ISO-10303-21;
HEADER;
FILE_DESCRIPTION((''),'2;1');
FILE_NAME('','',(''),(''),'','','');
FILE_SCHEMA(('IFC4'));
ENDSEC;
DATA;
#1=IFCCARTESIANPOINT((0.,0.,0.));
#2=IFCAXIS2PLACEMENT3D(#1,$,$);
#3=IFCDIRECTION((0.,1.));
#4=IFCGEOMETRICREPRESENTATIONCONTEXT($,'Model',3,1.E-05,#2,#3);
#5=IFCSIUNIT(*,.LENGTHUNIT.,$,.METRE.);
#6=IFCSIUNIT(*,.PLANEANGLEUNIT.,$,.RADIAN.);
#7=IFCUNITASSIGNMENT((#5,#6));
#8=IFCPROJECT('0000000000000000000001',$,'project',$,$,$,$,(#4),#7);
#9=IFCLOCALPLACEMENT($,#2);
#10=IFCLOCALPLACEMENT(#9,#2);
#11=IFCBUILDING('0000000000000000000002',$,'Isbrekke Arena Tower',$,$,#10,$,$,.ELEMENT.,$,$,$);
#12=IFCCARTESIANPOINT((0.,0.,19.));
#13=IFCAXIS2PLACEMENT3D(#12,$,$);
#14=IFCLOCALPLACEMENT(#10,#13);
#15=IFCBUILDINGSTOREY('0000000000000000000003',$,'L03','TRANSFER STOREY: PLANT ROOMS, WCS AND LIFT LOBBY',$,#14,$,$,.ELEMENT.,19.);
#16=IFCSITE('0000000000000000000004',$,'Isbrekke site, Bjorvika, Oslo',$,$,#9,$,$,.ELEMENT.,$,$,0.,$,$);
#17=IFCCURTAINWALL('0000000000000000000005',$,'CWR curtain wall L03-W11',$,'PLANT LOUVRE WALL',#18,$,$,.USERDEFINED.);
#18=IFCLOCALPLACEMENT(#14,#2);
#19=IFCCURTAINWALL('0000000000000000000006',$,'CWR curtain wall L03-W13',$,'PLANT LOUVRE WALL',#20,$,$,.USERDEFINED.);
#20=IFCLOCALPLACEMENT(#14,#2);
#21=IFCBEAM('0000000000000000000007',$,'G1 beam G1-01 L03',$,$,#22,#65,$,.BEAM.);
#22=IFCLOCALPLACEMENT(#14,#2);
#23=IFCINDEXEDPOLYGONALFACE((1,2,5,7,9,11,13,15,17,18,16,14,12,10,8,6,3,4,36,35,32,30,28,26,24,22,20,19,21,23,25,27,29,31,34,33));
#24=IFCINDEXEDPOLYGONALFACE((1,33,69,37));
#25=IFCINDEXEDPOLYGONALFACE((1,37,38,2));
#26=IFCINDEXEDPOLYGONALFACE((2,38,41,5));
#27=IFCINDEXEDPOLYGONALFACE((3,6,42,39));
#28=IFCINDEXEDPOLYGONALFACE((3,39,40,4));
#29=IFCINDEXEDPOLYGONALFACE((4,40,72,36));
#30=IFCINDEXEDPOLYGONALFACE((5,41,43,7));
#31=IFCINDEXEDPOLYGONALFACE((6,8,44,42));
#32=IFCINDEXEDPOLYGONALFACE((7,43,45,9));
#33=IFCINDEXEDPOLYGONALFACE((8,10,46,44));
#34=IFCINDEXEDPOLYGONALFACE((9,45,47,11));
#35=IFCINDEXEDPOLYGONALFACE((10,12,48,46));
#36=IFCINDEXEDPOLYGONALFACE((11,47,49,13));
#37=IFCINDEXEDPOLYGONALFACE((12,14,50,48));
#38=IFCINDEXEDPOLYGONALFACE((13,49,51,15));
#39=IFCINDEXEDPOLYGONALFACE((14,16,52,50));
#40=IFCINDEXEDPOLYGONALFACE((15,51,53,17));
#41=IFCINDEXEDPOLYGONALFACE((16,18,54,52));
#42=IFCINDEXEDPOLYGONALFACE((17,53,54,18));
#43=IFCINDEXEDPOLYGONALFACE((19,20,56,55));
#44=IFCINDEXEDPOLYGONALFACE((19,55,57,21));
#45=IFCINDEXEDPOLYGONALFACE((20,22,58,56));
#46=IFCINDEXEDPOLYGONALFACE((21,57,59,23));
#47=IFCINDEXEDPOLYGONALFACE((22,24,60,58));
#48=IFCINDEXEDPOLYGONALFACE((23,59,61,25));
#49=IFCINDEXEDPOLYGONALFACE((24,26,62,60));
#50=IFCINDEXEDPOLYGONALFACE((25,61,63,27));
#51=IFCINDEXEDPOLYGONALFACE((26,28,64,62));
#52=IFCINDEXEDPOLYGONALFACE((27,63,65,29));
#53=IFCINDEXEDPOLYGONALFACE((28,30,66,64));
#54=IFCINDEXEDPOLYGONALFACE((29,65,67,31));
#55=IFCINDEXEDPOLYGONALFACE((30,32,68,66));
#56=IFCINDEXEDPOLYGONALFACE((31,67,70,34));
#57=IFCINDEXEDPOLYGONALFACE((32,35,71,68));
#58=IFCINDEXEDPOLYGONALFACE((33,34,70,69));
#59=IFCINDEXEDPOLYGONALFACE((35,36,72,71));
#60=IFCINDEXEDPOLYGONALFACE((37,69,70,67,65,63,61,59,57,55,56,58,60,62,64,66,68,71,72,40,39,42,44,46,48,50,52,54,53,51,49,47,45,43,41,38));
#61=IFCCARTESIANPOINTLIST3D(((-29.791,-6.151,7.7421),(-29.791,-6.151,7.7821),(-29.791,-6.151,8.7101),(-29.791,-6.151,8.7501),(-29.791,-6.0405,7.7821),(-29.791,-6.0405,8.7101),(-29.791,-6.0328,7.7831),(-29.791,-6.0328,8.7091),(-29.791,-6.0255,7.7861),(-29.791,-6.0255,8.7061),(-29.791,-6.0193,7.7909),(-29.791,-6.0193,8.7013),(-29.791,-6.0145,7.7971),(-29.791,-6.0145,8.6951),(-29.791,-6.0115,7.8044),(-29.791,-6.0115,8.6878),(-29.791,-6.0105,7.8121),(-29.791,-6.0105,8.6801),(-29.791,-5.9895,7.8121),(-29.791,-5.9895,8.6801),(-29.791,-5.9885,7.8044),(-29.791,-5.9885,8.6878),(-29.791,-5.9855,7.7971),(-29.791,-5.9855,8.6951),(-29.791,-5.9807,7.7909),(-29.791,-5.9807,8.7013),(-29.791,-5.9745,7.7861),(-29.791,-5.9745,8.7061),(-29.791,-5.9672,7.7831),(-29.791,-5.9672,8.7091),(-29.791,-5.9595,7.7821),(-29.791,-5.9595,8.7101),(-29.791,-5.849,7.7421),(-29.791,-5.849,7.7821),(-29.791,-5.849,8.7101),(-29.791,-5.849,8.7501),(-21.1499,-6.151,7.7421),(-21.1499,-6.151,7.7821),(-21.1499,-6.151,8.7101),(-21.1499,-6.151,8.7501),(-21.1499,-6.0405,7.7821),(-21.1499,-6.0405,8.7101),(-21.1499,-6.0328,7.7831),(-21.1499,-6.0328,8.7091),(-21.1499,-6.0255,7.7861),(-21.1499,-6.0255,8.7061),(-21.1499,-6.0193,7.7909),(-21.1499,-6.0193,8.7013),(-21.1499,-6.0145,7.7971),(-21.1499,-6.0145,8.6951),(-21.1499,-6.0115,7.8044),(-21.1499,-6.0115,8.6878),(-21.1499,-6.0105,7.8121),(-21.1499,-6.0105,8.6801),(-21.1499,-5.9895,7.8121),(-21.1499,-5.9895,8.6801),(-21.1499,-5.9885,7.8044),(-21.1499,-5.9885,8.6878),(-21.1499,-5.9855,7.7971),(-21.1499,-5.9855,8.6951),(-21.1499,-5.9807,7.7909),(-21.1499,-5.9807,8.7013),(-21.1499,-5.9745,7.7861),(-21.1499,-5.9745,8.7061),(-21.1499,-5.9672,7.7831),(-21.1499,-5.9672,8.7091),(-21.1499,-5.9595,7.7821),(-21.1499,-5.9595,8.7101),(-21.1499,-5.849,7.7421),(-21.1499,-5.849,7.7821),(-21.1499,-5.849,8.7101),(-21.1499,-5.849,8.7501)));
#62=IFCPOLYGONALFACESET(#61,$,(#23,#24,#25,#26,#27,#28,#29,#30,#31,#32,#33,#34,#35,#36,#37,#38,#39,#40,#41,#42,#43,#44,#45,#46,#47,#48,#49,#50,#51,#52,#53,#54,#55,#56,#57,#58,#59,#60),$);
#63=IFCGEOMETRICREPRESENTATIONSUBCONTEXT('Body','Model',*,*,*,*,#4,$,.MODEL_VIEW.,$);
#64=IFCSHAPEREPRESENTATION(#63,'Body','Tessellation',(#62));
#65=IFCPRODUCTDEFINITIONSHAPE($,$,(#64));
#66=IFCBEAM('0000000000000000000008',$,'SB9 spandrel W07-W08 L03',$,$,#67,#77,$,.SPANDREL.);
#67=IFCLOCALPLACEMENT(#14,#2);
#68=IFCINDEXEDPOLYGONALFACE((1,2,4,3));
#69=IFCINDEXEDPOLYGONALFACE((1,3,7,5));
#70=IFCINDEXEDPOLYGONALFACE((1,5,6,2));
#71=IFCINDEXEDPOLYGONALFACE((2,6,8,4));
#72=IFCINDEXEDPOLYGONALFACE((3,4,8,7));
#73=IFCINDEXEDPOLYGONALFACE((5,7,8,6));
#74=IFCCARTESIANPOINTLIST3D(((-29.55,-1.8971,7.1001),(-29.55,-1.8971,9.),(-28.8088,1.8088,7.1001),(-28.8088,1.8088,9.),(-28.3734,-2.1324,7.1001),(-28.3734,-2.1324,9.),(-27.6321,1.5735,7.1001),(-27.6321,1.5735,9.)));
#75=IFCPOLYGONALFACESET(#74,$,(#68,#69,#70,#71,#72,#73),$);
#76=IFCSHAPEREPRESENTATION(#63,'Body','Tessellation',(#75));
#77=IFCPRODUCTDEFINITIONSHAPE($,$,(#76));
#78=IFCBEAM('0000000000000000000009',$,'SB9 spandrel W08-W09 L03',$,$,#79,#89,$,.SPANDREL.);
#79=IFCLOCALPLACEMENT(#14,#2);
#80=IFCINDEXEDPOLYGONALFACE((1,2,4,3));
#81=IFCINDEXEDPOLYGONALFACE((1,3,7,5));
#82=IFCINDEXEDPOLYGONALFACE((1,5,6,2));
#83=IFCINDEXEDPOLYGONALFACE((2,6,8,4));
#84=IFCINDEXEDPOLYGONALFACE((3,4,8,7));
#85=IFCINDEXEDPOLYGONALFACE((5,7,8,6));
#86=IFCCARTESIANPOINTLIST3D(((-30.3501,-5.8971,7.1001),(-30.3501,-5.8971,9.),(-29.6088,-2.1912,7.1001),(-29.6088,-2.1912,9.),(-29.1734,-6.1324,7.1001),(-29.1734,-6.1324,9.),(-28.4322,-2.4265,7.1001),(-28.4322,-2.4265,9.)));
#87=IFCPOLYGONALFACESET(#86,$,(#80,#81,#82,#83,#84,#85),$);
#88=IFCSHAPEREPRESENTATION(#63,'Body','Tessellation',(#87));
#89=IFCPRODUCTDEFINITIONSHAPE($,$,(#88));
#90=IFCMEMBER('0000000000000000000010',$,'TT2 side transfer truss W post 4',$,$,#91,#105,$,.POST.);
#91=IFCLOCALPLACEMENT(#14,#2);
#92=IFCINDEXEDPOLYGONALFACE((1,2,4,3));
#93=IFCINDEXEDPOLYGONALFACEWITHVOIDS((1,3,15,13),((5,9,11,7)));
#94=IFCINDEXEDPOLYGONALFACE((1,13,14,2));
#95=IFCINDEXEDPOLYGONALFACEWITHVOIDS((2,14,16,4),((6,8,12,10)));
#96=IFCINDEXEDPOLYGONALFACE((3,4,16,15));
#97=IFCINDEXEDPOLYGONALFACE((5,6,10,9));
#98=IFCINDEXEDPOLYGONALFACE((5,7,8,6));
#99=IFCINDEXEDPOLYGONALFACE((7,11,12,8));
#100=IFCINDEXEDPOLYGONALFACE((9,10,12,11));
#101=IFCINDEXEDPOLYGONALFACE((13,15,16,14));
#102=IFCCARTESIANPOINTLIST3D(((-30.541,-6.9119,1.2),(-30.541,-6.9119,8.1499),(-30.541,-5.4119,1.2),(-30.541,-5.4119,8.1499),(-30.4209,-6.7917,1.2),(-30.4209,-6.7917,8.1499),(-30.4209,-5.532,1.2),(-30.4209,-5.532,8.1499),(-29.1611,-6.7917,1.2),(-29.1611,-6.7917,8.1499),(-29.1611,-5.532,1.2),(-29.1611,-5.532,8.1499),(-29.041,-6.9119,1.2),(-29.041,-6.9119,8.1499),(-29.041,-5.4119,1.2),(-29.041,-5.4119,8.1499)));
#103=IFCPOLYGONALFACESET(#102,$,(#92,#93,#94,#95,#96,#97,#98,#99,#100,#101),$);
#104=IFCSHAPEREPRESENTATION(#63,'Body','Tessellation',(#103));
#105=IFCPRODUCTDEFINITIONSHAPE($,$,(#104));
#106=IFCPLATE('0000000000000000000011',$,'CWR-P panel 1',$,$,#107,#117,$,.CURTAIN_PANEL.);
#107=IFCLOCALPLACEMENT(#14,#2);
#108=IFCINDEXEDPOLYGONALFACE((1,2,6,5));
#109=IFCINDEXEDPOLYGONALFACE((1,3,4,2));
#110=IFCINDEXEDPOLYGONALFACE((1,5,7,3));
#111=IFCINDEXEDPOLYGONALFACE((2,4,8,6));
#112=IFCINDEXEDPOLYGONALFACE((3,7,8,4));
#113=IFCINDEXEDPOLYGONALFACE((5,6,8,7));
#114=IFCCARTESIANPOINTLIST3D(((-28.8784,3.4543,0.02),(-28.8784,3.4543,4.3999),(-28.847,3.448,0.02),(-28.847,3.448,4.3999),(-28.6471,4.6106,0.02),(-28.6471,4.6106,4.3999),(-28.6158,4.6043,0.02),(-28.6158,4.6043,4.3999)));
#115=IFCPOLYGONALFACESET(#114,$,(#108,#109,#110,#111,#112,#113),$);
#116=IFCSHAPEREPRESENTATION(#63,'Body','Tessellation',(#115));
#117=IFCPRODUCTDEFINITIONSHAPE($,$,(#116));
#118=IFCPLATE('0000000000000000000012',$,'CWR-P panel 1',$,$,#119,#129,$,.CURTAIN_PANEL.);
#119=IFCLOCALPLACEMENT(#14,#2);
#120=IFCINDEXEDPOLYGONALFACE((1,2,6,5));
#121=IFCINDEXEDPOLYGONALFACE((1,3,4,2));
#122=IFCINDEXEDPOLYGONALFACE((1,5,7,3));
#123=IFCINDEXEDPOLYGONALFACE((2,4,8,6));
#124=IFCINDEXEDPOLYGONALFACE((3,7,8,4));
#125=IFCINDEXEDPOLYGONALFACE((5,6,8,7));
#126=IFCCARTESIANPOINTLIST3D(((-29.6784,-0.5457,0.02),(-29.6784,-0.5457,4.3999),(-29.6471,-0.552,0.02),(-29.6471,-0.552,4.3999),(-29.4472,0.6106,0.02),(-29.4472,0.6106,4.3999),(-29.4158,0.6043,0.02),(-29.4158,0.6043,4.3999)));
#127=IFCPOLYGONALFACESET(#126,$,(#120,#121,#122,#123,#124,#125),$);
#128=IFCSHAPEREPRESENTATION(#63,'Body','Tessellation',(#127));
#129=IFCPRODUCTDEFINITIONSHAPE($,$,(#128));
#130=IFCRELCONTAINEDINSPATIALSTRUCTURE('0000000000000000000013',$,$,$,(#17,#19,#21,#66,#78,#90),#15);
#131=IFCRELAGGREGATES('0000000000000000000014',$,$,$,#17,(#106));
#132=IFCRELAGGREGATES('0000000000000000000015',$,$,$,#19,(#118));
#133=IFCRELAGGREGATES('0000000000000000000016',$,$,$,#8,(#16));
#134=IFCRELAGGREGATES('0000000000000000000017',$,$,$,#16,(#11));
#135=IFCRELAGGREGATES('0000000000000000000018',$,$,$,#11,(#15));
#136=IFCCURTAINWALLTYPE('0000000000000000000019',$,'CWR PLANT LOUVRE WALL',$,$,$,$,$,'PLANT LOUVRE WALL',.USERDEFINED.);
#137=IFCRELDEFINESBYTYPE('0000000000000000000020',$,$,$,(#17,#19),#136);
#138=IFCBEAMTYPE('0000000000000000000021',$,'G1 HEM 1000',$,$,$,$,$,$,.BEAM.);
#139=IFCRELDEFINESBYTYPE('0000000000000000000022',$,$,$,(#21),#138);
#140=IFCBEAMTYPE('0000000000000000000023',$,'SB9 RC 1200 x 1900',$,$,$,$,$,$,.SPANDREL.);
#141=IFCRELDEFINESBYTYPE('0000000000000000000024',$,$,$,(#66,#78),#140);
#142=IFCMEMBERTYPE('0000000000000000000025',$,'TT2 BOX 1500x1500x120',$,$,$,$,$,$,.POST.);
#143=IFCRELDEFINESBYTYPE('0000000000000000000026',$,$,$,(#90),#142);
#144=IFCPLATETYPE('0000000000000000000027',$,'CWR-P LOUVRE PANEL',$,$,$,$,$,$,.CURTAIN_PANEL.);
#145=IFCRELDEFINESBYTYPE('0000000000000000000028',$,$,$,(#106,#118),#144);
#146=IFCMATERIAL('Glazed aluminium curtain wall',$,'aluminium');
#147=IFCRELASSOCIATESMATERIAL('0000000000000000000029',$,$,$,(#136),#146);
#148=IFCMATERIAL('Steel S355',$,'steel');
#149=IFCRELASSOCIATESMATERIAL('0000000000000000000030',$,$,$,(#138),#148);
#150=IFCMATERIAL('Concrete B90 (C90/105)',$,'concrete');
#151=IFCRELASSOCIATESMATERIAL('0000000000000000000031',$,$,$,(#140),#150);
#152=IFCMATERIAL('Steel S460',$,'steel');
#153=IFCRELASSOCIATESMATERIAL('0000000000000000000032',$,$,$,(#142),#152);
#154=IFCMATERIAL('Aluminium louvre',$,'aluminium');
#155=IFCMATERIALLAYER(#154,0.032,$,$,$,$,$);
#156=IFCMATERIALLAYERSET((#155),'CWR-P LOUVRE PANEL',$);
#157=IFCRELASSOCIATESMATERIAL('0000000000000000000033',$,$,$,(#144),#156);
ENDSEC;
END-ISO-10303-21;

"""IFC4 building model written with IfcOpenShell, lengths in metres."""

from ifc_helpers import new_model, si_unit, direction, frame, origin, origin_2d, place, context, subcontext, project, spatial, rectangle, hollow_rectangle, i_section, extrude, material, layer, layer_set, material_profile, profile_set, type_object, element, aggregate, save


model = new_model("IFC4")

# Units and contexts
model_context = context("Model", 3, precision=1e-05, world=origin(), true_north=direction((0.0, 1.0)))
body_context = subcontext(model_context, "Body", "Model", "MODEL_VIEW")
ifc_project = project(units=[si_unit("LENGTHUNIT", "METRE"), si_unit("PLANEANGLEUNIT", "RADIAN")], contexts=[model_context])

# Site, building, storey
site_placement = place(None, origin())
site = spatial("IfcSite", under=ifc_project, at=site_placement, Name="Isbrekke site, Bjorvika, Oslo", CompositionType="ELEMENT", RefElevation=0.0)
building_placement = place(site_placement, origin())
building = spatial("IfcBuilding", under=site, at=building_placement, Name="Isbrekke Arena Tower", CompositionType="ELEMENT")
storey_placement = place(building_placement, frame((0.0, 0.0, 19.0)))
storey = spatial("IfcBuildingStorey", under=building, at=storey_placement, Name="L03", Description="TRANSFER STOREY: PLANT ROOMS, WCS AND LIFT LOBBY", CompositionType="ELEMENT", Elevation=19.0)

# Curtain walls
ifc_material_1 = material(Name="Glazed aluminium curtain wall", Category="aluminium")
curtain_wall_type = type_object("IfcCurtainWallType", Name="CWR PLANT LOUVRE WALL", ElementType="PLANT LOUVRE WALL", PredefinedType="USERDEFINED", material=ifc_material_1)
curtain_wall_1_placement = place(storey_placement, origin())
curtain_wall_1 = element("IfcCurtainWall", 1, at=curtain_wall_1_placement, inside=storey, type_object=curtain_wall_type, Name="CWR curtain wall L03-W11", ObjectType="PLANT LOUVRE WALL", PredefinedType="USERDEFINED")
curtain_wall_2_placement = place(storey_placement, origin())
curtain_wall_2 = element("IfcCurtainWall", 2, at=curtain_wall_2_placement, inside=storey, type_object=curtain_wall_type, Name="CWR curtain wall L03-W13", ObjectType="PLANT LOUVRE WALL", PredefinedType="USERDEFINED")

# Beams
ifc_material_2 = material(Name="Steel S355", Category="steel")
ifc_material_profile_1 = material_profile(ifc_material_2, i_section(OverallWidth=0.302, OverallDepth=1.0081, WebThickness=0.021, FlangeThickness=0.04, FilletRadius=0.03, at=origin_2d()), Name="HEM 1000")
ifc_profile_set_1 = profile_set([ifc_material_profile_1], Name="Steel S355")
beam_type_1 = type_object("IfcBeamType", Name="G1 HEM 1000", PredefinedType="BEAM", material=ifc_profile_set_1)
beam_1_placement = place(storey_placement, frame((-29.791, -6.0, 8.2461), z_axis=(1.0, 0.0, 0.0), x_axis=(0.0, 1.0, 0.0)))
element("IfcBeam", 3, at=beam_1_placement, inside=storey, type_object=beam_type_1, Name="G1 beam G1-01 L03", PredefinedType="BEAM", context=body_context, shape_type="SweptSolid", body=[
    extrude(i_section(OverallWidth=0.302, OverallDepth=1.0081, WebThickness=0.021, FlangeThickness=0.04, FilletRadius=0.03, at=origin_2d()), origin(), (0.0, 0.0, 1.0), 8.6411),
])
ifc_material_3 = material(Name="Concrete B90 (C90/105)", Category="concrete")
ifc_material_profile_2 = material_profile(ifc_material_3, rectangle(XDim=1.2, YDim=1.8999, at=origin_2d()), Name="RC 1200x1900")
ifc_profile_set_2 = profile_set([ifc_material_profile_2], Name="Concrete B90 (C90/105)")
beam_type_2 = type_object("IfcBeamType", Name="SB9 RC 1200 x 1900", PredefinedType="SPANDREL", material=ifc_profile_set_2)
for number, where, z_axis, x_axis, name in (
    (4, (-28.2205, 1.6912, 8.05), (-0.196129, -0.980578, 0.0), (0.980578, -0.196129, 0.0), "SB9 spandrel W07-W08 L03"),
    (5, (-29.0205, -2.3088, 8.05), (-0.196129, -0.980578, 0.0), (0.980578, -0.196129, 0.0), "SB9 spandrel W08-W09 L03"),
):
    element("IfcBeam", number, at=place(storey_placement, frame(where, z_axis=z_axis, x_axis=x_axis)), inside=storey, type_object=beam_type_2, Name=name, PredefinedType="SPANDREL", context=body_context, shape_type="SweptSolid", body=[
        extrude(rectangle(XDim=1.2, YDim=1.8999, at=origin_2d()), origin(), (0.0, 0.0, 1.0), 3.7793),
    ])

# Member
ifc_material_4 = material(Name="Steel S460", Category="steel")
ifc_material_profile_3 = material_profile(ifc_material_4, hollow_rectangle(XDim=1.5, YDim=1.5, WallThickness=0.1201, at=origin_2d()), Name="BOX 1500x1500x120")
ifc_profile_set_3 = profile_set([ifc_material_profile_3], Name="Steel S460")
member_type_1 = type_object("IfcMemberType", Name="TT2 BOX 1500x1500x120", PredefinedType="POST", material=ifc_profile_set_3)
member_1_placement = place(storey_placement, frame((-29.791, -6.1619, 1.2), z_axis=(0.0, 0.0, 1.0), x_axis=(1.0, 0.0, 0.0)))
element("IfcMember", 6, at=member_1_placement, inside=storey, type_object=member_type_1, Name="TT2 side transfer truss W post 4", PredefinedType="POST", context=body_context, shape_type="SweptSolid", body=[
    extrude(hollow_rectangle(XDim=1.5, YDim=1.5, WallThickness=0.1201, at=origin_2d()), origin(), (0.0, 0.0, 1.0), 6.95),
])

# Plates
ifc_material_5 = material(Name="Aluminium louvre", Category="aluminium")
ifc_layer = layer(ifc_material_5, 0.032)
ifc_layer_set = layer_set([ifc_layer], Name="CWR-P LOUVRE PANEL")
plate_type = type_object("IfcPlateType", Name="CWR-P LOUVRE PANEL", PredefinedType="CURTAIN_PANEL", material=ifc_layer_set)
plate_1_placement = place(storey_placement, frame((-28.7471, 4.0293, 0.02), z_axis=(0.0, 0.0, 1.0), x_axis=(-0.196116, -0.980581, 0.0)))
plate_1 = element("IfcPlate", 7, at=plate_1_placement, type_object=plate_type, Name="CWR-P panel 1", PredefinedType="CURTAIN_PANEL", context=body_context, shape_type="SweptSolid", body=[
    extrude(rectangle(XDim=1.1792, YDim=0.032, at=origin_2d()), origin(), (0.0, 0.0, 1.0), 4.3799),
])
aggregate(curtain_wall_1, [plate_1])
plate_2_placement = place(storey_placement, frame((-29.5471, 0.0293, 0.02), z_axis=(0.0, 0.0, 1.0), x_axis=(-0.196116, -0.980581, 0.0)))
plate_2 = element("IfcPlate", 8, at=plate_2_placement, type_object=plate_type, Name="CWR-P panel 1", PredefinedType="CURTAIN_PANEL", context=body_context, shape_type="SweptSolid", body=[
    extrude(rectangle(XDim=1.1792, YDim=0.032, at=origin_2d()), origin(), (0.0, 0.0, 1.0), 4.3799),
])
aggregate(curtain_wall_2, [plate_2])

save(model, "model.ifc")
